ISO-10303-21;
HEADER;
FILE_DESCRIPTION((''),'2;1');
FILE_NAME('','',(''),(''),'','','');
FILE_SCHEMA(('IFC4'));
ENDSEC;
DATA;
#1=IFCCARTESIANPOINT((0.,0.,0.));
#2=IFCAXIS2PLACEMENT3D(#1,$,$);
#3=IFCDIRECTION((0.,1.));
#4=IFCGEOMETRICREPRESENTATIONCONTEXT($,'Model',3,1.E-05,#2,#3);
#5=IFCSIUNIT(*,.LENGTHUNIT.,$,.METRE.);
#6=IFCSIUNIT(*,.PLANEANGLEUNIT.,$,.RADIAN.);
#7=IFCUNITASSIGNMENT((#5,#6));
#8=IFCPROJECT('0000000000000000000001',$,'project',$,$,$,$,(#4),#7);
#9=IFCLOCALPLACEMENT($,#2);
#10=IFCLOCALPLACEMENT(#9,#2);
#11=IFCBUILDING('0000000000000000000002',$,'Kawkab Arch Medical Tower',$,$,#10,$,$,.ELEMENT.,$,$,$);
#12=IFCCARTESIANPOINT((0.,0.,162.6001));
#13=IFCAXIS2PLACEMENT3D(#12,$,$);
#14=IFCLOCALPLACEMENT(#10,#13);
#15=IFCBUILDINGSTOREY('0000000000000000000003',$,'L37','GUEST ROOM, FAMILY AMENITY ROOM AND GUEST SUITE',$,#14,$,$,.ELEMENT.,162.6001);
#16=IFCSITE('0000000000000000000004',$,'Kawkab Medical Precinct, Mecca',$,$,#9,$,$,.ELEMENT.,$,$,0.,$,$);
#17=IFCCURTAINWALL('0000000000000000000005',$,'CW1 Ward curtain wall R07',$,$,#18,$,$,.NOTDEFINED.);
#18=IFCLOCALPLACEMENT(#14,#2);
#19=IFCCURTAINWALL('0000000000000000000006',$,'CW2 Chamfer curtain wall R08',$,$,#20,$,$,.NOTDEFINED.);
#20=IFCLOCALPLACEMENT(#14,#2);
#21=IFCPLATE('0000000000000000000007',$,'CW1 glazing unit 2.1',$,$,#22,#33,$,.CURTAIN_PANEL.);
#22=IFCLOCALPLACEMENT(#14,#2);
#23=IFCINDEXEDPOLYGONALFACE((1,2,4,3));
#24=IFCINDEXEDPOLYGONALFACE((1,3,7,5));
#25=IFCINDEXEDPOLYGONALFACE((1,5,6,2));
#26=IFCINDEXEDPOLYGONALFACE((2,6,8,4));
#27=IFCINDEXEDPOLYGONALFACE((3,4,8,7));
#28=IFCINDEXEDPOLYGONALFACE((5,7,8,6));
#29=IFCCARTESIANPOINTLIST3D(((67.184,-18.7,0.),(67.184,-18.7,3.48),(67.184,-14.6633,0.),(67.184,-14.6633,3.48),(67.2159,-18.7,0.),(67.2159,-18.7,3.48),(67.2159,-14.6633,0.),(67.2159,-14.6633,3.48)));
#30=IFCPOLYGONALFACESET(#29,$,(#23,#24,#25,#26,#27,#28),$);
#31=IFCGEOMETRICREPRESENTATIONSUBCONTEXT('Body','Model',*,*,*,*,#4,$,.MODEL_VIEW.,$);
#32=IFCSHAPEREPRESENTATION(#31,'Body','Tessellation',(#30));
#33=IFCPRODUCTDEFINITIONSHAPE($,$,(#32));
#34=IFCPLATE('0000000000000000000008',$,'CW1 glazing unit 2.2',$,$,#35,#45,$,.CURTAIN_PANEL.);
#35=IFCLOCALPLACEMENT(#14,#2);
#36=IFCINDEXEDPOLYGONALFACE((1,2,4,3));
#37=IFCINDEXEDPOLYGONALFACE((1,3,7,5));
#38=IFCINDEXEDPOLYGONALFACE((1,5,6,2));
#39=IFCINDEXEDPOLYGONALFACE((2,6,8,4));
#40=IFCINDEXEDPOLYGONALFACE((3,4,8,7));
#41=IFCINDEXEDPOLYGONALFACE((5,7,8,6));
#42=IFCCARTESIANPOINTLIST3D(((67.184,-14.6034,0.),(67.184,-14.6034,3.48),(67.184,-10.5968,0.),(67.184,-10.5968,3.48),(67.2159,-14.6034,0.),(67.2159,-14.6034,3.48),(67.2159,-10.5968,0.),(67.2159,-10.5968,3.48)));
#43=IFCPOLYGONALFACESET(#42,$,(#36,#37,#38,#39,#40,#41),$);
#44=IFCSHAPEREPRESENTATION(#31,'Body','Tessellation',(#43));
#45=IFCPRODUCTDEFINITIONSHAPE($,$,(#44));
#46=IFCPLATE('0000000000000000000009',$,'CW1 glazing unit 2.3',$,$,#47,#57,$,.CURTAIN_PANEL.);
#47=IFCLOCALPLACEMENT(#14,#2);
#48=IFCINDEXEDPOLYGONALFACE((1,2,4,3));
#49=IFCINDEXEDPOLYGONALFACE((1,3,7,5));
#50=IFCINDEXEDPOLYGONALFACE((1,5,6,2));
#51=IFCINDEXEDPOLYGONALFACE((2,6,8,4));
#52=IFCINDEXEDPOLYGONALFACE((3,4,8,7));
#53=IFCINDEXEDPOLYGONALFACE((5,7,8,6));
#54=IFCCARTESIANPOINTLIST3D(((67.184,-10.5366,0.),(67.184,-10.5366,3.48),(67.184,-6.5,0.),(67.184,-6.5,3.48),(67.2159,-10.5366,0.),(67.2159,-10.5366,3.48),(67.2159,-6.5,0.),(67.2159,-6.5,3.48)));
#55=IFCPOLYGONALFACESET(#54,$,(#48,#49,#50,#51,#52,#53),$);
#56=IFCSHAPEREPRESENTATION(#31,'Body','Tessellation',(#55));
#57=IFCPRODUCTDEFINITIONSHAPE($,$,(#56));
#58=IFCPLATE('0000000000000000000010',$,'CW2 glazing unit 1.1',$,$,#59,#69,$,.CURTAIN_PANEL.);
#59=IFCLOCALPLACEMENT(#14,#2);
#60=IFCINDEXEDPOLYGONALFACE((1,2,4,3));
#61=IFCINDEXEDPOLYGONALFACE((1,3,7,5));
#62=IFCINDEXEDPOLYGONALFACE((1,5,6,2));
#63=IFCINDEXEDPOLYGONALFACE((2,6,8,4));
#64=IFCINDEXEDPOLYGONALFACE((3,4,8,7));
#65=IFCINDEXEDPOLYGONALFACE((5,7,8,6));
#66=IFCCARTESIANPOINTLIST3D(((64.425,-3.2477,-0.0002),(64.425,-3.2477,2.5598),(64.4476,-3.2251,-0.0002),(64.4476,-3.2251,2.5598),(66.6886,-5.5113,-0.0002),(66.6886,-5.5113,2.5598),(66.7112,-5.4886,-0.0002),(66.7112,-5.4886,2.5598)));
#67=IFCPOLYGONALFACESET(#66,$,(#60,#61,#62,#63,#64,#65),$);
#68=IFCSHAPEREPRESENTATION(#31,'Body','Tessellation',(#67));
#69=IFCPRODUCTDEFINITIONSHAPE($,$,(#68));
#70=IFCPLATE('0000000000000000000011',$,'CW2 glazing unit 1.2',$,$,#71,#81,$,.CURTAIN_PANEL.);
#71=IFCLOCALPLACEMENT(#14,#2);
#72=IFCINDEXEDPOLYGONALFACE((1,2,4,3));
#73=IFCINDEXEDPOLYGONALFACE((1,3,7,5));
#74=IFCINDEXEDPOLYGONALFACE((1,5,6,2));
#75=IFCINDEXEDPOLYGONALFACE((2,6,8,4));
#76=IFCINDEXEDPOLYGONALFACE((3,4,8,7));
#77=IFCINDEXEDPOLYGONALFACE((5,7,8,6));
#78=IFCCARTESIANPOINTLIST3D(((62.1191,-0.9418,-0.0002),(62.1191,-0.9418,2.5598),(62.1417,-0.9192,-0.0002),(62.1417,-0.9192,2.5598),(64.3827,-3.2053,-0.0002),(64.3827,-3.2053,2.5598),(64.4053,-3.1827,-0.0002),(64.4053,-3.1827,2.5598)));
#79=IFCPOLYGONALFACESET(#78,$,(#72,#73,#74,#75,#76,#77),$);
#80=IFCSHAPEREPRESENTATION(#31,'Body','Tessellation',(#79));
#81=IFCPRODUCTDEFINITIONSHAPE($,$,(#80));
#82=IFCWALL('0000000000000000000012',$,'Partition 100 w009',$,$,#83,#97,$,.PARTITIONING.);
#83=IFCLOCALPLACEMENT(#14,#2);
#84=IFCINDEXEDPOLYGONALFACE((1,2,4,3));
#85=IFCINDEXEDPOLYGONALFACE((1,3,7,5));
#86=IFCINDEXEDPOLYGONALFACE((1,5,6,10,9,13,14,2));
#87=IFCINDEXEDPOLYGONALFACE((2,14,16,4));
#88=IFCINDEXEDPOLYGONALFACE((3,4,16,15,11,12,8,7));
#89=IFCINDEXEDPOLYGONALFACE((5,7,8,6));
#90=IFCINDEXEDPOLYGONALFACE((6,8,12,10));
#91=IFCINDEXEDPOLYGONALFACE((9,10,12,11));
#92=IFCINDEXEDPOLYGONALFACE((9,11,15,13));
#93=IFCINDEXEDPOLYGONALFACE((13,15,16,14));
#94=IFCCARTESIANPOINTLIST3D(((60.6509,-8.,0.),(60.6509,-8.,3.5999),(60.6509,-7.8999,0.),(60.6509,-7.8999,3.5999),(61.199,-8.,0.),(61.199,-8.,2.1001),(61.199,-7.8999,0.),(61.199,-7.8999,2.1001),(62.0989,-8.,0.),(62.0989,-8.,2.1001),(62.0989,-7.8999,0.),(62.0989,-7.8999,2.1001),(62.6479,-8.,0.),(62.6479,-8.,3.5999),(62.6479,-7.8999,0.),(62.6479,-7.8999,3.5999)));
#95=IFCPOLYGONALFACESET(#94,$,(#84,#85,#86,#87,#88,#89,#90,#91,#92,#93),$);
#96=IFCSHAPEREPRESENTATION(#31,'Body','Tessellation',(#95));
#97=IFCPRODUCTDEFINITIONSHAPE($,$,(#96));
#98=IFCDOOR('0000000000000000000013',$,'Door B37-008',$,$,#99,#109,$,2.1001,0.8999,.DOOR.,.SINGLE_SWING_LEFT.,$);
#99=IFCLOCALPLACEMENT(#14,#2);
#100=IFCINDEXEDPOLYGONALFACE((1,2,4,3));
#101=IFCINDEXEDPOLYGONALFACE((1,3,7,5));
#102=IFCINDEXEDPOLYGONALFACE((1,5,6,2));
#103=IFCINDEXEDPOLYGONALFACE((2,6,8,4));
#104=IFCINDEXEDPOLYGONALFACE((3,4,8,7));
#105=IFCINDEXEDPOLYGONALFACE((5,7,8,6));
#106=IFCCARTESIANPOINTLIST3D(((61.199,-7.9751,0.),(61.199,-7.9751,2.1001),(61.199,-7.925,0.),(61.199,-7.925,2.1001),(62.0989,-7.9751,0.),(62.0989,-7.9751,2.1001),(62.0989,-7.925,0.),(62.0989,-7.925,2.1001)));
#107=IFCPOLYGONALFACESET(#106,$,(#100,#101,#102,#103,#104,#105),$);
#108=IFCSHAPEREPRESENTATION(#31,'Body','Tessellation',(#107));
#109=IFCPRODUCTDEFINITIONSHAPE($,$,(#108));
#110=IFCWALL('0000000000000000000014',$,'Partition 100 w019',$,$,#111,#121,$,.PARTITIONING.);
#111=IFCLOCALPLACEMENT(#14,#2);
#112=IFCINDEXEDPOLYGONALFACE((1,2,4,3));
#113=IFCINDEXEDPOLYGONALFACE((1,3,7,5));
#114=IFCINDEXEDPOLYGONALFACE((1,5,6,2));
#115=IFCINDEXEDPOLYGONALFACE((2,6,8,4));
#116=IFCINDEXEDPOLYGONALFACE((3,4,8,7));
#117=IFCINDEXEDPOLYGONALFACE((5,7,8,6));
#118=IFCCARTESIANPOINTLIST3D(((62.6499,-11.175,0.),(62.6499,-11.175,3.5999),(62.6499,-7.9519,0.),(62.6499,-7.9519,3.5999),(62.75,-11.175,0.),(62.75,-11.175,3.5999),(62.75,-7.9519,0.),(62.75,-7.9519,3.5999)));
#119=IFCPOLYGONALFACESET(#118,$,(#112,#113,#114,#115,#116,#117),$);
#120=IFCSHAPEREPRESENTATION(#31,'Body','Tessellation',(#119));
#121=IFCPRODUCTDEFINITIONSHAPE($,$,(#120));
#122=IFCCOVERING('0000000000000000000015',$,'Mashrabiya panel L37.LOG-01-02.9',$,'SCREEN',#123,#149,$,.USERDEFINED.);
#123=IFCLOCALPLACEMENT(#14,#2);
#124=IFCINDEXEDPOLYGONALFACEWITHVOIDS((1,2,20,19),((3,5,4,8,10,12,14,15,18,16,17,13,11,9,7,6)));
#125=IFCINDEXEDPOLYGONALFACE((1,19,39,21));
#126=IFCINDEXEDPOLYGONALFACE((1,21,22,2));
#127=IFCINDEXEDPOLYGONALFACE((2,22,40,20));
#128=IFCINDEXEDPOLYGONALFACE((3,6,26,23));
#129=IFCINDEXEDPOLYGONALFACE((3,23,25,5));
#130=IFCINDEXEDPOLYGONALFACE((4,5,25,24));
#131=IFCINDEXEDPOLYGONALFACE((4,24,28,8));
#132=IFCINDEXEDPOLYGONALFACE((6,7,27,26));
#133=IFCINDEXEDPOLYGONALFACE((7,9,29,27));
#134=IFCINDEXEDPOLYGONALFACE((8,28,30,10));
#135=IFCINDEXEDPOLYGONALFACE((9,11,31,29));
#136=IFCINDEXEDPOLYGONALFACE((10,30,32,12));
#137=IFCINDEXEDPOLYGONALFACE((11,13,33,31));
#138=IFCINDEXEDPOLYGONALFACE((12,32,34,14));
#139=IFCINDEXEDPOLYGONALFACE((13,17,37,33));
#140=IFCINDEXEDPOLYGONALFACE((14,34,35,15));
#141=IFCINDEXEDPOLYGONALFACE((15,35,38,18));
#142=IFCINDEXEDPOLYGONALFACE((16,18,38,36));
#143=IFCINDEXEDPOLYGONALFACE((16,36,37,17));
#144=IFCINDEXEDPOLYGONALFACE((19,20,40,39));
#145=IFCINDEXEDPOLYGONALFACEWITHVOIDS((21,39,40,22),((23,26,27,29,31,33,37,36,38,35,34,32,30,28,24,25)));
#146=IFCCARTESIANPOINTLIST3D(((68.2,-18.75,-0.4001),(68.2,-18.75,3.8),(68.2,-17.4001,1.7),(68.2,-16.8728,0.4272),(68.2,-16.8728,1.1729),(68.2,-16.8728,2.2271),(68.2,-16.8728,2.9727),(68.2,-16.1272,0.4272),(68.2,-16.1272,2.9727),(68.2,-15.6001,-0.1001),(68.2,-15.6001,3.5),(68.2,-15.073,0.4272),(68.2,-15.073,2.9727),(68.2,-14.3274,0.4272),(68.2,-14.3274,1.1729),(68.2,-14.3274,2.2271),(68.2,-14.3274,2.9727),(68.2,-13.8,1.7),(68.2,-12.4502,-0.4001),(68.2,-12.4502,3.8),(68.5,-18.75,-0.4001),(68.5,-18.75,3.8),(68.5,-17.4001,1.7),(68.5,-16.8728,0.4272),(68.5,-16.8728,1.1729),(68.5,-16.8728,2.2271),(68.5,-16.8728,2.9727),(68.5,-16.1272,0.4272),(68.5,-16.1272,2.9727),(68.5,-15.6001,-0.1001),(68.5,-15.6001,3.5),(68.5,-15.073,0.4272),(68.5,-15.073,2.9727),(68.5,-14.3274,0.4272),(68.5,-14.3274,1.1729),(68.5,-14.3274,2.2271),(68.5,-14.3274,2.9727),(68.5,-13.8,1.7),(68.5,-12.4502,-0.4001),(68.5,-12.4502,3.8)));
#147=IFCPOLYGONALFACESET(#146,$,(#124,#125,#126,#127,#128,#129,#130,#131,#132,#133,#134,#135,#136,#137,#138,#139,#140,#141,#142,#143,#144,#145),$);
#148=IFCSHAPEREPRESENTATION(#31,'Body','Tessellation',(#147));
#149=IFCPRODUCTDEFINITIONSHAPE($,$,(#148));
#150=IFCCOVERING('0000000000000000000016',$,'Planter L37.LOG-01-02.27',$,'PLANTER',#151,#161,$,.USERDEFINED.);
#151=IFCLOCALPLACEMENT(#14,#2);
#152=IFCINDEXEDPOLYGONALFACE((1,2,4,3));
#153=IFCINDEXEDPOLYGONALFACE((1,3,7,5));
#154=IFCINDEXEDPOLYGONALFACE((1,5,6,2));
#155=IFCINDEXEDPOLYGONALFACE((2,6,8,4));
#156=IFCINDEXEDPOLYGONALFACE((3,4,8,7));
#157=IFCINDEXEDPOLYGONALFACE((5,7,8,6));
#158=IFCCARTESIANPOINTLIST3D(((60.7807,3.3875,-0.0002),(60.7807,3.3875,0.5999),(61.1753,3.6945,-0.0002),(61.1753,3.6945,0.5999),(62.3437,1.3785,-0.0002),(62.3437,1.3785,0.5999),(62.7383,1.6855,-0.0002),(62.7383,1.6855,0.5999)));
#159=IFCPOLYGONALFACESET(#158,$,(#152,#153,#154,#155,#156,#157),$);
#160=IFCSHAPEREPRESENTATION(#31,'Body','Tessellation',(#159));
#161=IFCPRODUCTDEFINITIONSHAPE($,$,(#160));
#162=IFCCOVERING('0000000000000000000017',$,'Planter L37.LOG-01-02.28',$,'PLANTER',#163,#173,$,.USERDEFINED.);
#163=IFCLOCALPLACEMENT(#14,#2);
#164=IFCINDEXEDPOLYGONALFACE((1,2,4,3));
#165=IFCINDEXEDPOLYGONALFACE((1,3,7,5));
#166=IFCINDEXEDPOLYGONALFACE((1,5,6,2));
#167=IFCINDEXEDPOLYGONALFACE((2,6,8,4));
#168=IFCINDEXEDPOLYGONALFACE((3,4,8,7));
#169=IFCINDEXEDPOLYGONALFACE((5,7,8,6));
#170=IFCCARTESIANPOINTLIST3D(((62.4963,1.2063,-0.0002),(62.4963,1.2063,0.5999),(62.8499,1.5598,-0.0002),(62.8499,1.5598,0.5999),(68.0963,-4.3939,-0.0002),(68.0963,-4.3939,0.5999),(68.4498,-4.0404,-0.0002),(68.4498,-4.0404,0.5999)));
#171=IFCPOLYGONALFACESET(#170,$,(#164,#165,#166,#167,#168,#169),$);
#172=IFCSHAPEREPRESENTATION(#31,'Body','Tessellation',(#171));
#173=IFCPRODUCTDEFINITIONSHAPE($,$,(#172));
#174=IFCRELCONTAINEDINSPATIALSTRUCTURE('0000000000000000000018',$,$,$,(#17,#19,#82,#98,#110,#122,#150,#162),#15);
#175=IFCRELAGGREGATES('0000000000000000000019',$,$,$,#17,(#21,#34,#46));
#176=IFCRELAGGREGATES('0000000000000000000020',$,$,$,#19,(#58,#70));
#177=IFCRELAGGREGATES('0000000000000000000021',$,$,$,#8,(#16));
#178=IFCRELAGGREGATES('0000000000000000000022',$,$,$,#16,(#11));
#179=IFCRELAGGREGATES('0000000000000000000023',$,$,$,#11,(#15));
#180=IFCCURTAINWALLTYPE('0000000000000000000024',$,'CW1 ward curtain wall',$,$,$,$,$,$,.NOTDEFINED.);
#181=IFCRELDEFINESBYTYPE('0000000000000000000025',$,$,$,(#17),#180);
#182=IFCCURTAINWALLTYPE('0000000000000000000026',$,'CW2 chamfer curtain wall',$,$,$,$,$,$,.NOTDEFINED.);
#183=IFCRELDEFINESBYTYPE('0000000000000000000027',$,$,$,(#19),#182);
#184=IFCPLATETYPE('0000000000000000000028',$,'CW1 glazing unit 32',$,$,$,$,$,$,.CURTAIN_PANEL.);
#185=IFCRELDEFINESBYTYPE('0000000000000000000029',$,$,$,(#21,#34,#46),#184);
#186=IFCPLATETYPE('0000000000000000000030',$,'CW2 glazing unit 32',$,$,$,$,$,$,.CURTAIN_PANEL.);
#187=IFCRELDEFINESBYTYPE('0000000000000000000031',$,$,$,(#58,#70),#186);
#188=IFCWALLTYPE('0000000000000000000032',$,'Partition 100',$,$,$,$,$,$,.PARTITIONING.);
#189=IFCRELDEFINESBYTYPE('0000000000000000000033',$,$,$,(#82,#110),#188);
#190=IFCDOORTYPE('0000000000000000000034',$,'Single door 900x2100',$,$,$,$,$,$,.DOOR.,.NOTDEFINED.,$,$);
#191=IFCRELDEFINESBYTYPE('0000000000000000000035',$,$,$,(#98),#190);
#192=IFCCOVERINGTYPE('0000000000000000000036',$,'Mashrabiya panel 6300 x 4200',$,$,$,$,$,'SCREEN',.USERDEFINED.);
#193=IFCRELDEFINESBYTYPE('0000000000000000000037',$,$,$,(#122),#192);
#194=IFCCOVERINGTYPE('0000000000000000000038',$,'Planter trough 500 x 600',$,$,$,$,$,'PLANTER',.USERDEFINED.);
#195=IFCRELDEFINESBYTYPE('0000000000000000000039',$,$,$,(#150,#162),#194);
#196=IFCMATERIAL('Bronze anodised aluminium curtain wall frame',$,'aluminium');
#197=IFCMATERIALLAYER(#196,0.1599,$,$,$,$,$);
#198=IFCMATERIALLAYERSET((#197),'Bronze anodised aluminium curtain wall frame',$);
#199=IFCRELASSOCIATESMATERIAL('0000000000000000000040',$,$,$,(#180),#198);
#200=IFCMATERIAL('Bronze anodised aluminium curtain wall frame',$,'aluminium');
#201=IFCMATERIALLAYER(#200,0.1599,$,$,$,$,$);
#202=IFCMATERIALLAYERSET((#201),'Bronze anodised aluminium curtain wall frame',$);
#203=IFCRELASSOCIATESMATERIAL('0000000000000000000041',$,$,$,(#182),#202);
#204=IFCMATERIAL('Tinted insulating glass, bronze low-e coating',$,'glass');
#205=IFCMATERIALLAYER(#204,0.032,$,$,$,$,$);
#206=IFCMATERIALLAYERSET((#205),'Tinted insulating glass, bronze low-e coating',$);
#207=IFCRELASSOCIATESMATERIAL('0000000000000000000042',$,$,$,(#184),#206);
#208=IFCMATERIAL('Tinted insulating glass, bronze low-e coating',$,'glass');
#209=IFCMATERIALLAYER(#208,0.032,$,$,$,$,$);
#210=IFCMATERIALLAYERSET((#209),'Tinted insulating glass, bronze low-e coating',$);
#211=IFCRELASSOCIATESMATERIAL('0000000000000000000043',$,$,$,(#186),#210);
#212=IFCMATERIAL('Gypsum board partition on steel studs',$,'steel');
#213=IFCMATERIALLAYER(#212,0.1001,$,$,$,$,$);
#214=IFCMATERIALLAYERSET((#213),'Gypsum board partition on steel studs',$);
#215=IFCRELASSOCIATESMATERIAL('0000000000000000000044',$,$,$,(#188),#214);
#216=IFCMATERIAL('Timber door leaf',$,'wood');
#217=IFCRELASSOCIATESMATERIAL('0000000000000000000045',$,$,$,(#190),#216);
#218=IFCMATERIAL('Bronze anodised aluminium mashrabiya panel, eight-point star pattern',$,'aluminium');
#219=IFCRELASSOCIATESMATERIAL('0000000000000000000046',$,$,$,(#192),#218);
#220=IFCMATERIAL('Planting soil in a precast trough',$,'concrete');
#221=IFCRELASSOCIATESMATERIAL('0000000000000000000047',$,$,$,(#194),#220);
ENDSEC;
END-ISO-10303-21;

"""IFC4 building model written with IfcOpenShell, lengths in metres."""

from ifc_helpers import new_model, si_unit, direction, frame, frame_2d, origin, origin_2d, place, context, subcontext, project, spatial, polyline, rectangle, outline, extrude, material, layer, layer_set, material_profile, profile_set, type_object, element, fill, aggregate, save


model = new_model("IFC4")

# Units and contexts
model_context = context("Model", 3, precision=1e-05, world=origin(), true_north=direction((0.0, 1.0)))
body_context = subcontext(model_context, "Body", "Model", "MODEL_VIEW")
ifc_project = project(units=[si_unit("LENGTHUNIT", "METRE"), si_unit("PLANEANGLEUNIT", "RADIAN")], contexts=[model_context])

# Site, building, storey
site_placement = place(None, origin())
site = spatial("IfcSite", under=ifc_project, at=site_placement, Name="Kawkab Medical Precinct, Mecca", CompositionType="ELEMENT", RefElevation=0.0)
building_placement = place(site_placement, origin())
building = spatial("IfcBuilding", under=site, at=building_placement, Name="Kawkab Arch Medical Tower", CompositionType="ELEMENT")
storey_placement = place(building_placement, frame((0.0, 0.0, 162.6001)))
storey = spatial("IfcBuildingStorey", under=building, at=storey_placement, Name="L37", Description="GUEST ROOM, FAMILY AMENITY ROOM AND GUEST SUITE", CompositionType="ELEMENT", Elevation=162.6001)

# Curtain walls
ifc_material_1 = material(Name="Bronze anodised aluminium curtain wall frame", Category="aluminium")
ifc_layer_1 = layer(ifc_material_1, 0.1599)
ifc_layer_set_1 = layer_set([ifc_layer_1], Name="Bronze anodised aluminium curtain wall frame")
curtain_wall_type_1 = type_object("IfcCurtainWallType", Name="CW1 ward curtain wall", PredefinedType="NOTDEFINED", material=ifc_layer_set_1)
placement = place(storey_placement, origin())
curtain_wall_1 = element("IfcCurtainWall", 1, at=placement, inside=storey, type_object=curtain_wall_type_1, Name="CW1 Ward curtain wall R07", PredefinedType="NOTDEFINED")
ifc_material_2 = material(Name="Bronze anodised aluminium curtain wall frame", Category="aluminium")
ifc_layer_2 = layer(ifc_material_2, 0.1599)
ifc_layer_set_2 = layer_set([ifc_layer_2], Name="Bronze anodised aluminium curtain wall frame")
curtain_wall_type_2 = type_object("IfcCurtainWallType", Name="CW2 chamfer curtain wall", PredefinedType="NOTDEFINED", material=ifc_layer_set_2)
curtain_wall_2 = element("IfcCurtainWall", 2, at=placement, inside=storey, type_object=curtain_wall_type_2, Name="CW2 Chamfer curtain wall R08", PredefinedType="NOTDEFINED")

# Plates
ifc_material_3 = material(Name="Tinted insulating glass, bronze low-e coating", Category="glass")
ifc_layer_3 = layer(ifc_material_3, 0.032)
ifc_layer_set_3 = layer_set([ifc_layer_3], Name="Tinted insulating glass, bronze low-e coating")
plate_type_1 = type_object("IfcPlateType", Name="CW1 glazing unit 32", PredefinedType="CURTAIN_PANEL", material=ifc_layer_set_3)
plate_1_placement = place(storey_placement, frame((67.2, -16.6816, 0.0), z_axis=(0.0, 0.0, 1.0), x_axis=(0.0, 1.0, 0.0)))
plate_1 = element("IfcPlate", 3, at=plate_1_placement, type_object=plate_type_1, Name="CW1 glazing unit 2.1", PredefinedType="CURTAIN_PANEL", context=body_context, shape_type="SweptSolid", body=[
    extrude(rectangle(XDim=4.0366, YDim=0.032, at=origin_2d()), origin(), (0.0, 0.0, 1.0), 3.48),
])
plate_2_placement = place(storey_placement, frame((67.2, -12.6001, 0.0), z_axis=(0.0, 0.0, 1.0), x_axis=(0.0, 1.0, 0.0)))
plate_2 = element("IfcPlate", 4, at=plate_2_placement, type_object=plate_type_1, Name="CW1 glazing unit 2.2", PredefinedType="CURTAIN_PANEL", context=body_context, shape_type="SweptSolid", body=[
    extrude(rectangle(XDim=4.0066, YDim=0.032, at=origin_2d()), origin(), (0.0, 0.0, 1.0), 3.48),
])
plate_3_placement = place(storey_placement, frame((67.2, -8.5183, 0.0), z_axis=(0.0, 0.0, 1.0), x_axis=(0.0, 1.0, 0.0)))
plate_3 = element("IfcPlate", 5, at=plate_3_placement, type_object=plate_type_1, Name="CW1 glazing unit 2.3", PredefinedType="CURTAIN_PANEL", context=body_context, shape_type="SweptSolid", body=[
    extrude(rectangle(XDim=4.0366, YDim=0.032, at=origin_2d()), origin(), (0.0, 0.0, 1.0), 3.48),
])
aggregate(curtain_wall_1, [plate_1, plate_2, plate_3])
ifc_material_4 = material(Name="Tinted insulating glass, bronze low-e coating", Category="glass")
ifc_layer_4 = layer(ifc_material_4, 0.032)
ifc_layer_set_4 = layer_set([ifc_layer_4], Name="Tinted insulating glass, bronze low-e coating")
plate_type_2 = type_object("IfcPlateType", Name="CW2 glazing unit 32", PredefinedType="CURTAIN_PANEL", material=ifc_layer_set_4)
plate_4_placement = place(storey_placement, frame((65.5681, -4.3682, -0.0002), z_axis=(0.0, 0.0, 1.0), x_axis=(-0.707107, 0.707107, 0.0)))
plate_4 = element("IfcPlate", 6, at=plate_4_placement, type_object=plate_type_2, Name="CW2 glazing unit 1.1", PredefinedType="CURTAIN_PANEL", context=body_context, shape_type="SweptSolid", body=[
    extrude(rectangle(XDim=3.2012, YDim=0.032, at=origin_2d()), origin(), (0.0, 0.0, 1.0), 2.5601),
])
plate_5_placement = place(storey_placement, frame((63.2622, -2.0623, -0.0002), z_axis=(0.0, 0.0, 1.0), x_axis=(-0.707107, 0.707107, 0.0)))
plate_5 = element("IfcPlate", 7, at=plate_5_placement, type_object=plate_type_2, Name="CW2 glazing unit 1.2", PredefinedType="CURTAIN_PANEL", context=body_context, shape_type="SweptSolid", body=[
    extrude(rectangle(XDim=3.2012, YDim=0.032, at=origin_2d()), origin(), (0.0, 0.0, 1.0), 2.5601),
])
aggregate(curtain_wall_2, [plate_4, plate_5])

# Wall, opening, door
ifc_material_5 = material(Name="Gypsum board partition on steel studs", Category="steel")
ifc_layer_5 = layer(ifc_material_5, 0.1001)
ifc_layer_set_5 = layer_set([ifc_layer_5], Name="Gypsum board partition on steel studs")
wall_type = type_object("IfcWallType", Name="Partition 100", PredefinedType="PARTITIONING", material=ifc_layer_set_5)
wall_1_placement = place(storey_placement, frame((60.6509, -7.95, 0.0), z_axis=(0.0, 0.0, 1.0), x_axis=(1.0, 0.0, 0.0)))
wall_1 = element("IfcWall", 8, at=wall_1_placement, inside=storey, type_object=wall_type, Name="Partition 100 w009", PredefinedType="PARTITIONING", context=body_context, shape_type="SweptSolid", body=[
    extrude(rectangle(XDim=1.9971, YDim=0.1001, at=frame_2d((0.9985, 0.0))), origin(), (0.0, 0.0, 1.0), 3.5999),
])
opening_placement = place(wall_1_placement, frame((0.5481, 0.0, 0.0)))
opening = element("IfcOpeningElement", 9, at=opening_placement, cuts=wall_1, PredefinedType="OPENING", context=body_context, shape_type="SweptSolid", body=[
    extrude(rectangle(XDim=0.8999, YDim=2.1001, at=frame_2d((0.45, 1.05))), frame((0.0, 0.0601, 0.0), z_axis=(0.0, -1.0, 0.0), x_axis=(1.0, 0.0, 0.0)), (0.0, 0.0, 1.0), 0.1201),
])
ifc_material_6 = material(Name="Timber door leaf", Category="wood")
door_type = type_object("IfcDoorType", Name="Single door 900x2100", OperationType="NOTDEFINED", PredefinedType="DOOR", material=ifc_material_6)
door_placement = place(opening_placement, origin())
door = element("IfcDoor", 10, at=door_placement, inside=storey, type_object=door_type, Name="Door B37-008", OperationType="SINGLE_SWING_LEFT", OverallHeight=2.1001, OverallWidth=0.8999, PredefinedType="DOOR", context=body_context, shape_type="SweptSolid", body=[
    extrude(rectangle(XDim=0.8999, YDim=2.1001, at=frame_2d((0.45, 1.05))), frame((0.0, 0.0249, 0.0), z_axis=(0.0, -1.0, 0.0), x_axis=(1.0, 0.0, 0.0)), (0.0, 0.0, 1.0), 0.05),
])
fill(opening, door)

# Wall
wall_2_placement = place(storey_placement, frame((62.7, -11.175, 0.0), z_axis=(0.0, 0.0, 1.0), x_axis=(0.0, 1.0, 0.0)))
element("IfcWall", 11, at=wall_2_placement, inside=storey, type_object=wall_type, Name="Partition 100 w019", PredefinedType="PARTITIONING", context=body_context, shape_type="SweptSolid", body=[
    extrude(rectangle(XDim=3.2231, YDim=0.1001, at=frame_2d((1.6116, 0.0))), origin(), (0.0, 0.0, 1.0), 3.5999),
])

# Coverings
ifc_material_7 = material(Name="Bronze anodised aluminium mashrabiya panel, eight-point star pattern", Category="aluminium")
ifc_material_profile_1 = material_profile(ifc_material_7, outline(polyline([(-3.1499, -2.1001), (3.1499, -2.1001), (3.1499, 2.1001), (-3.1499, 2.1001), (-3.1499, -2.1001)]), holes=[polyline([(1.8, 0.0), (1.2727, 0.5271), (1.2727, 1.2727), (0.5271, 1.2727), (0.0, 1.8), (-0.5271, 1.2727), (-1.2727, 1.2727), (-1.2727, 0.5271), (-1.8, 0.0), (-1.2727, -0.5271), (-1.2727, -1.2727), (-0.5271, -1.2727), (0.0, -1.8), (0.5271, -1.2727), (1.2727, -1.2727), (1.2727, -0.5271), (1.8, 0.0)])]), Name="Mashrabiya panel 6300x4200")
ifc_profile_set_1 = profile_set([ifc_material_profile_1], Name="Bronze anodised aluminium mashrabiya panel, eight-point star pattern")
covering_type_1 = type_object("IfcCoveringType", Name="Mashrabiya panel 6300 x 4200", ElementType="SCREEN", PredefinedType="USERDEFINED", material=ifc_profile_set_1)
covering_1_placement = place(storey_placement, frame((68.2, -15.6001, 1.7), z_axis=(1.0, 0.0, 0.0), x_axis=(0.0, 1.0, 0.0)))
element("IfcCovering", 12, at=covering_1_placement, inside=storey, type_object=covering_type_1, Name="Mashrabiya panel L37.LOG-01-02.9", ObjectType="SCREEN", PredefinedType="USERDEFINED", context=body_context, shape_type="SweptSolid", body=[
    extrude(outline(polyline([(-3.1499, -2.1001), (3.1499, -2.1001), (3.1499, 2.1001), (-3.1499, 2.1001), (-3.1499, -2.1001)]), holes=[polyline([(1.8, 0.0), (1.2727, 0.5271), (1.2727, 1.2727), (0.5271, 1.2727), (0.0, 1.8), (-0.5271, 1.2727), (-1.2727, 1.2727), (-1.2727, 0.5271), (-1.8, 0.0), (-1.2727, -0.5271), (-1.2727, -1.2727), (-0.5271, -1.2727), (0.0, -1.8), (0.5271, -1.2727), (1.2727, -1.2727), (1.2727, -0.5271), (1.8, 0.0)])]), origin(), (0.0, 0.0, 1.0), 0.3),
])
ifc_material_8 = material(Name="Planting soil in a precast trough", Category="concrete")
ifc_material_profile_2 = material_profile(ifc_material_8, rectangle(XDim=0.5, YDim=0.6001, at=origin_2d()), Name="Trough 500x600")
ifc_profile_set_2 = profile_set([ifc_material_profile_2], Name="Planting soil in a precast trough")
covering_type_2 = type_object("IfcCoveringType", Name="Planter trough 500 x 600", ElementType="PLANTER", PredefinedType="USERDEFINED", material=ifc_profile_set_2)
covering_2_placement = place(storey_placement, frame((60.978, 3.541, 0.2998), z_axis=(0.61404, -0.789275, 0.0), x_axis=(0.789275, 0.61404, 0.0)))
element("IfcCovering", 13, at=covering_2_placement, inside=storey, type_object=covering_type_2, Name="Planter L37.LOG-01-02.27", ObjectType="PLANTER", PredefinedType="USERDEFINED", context=body_context, shape_type="SweptSolid", body=[
    extrude(rectangle(XDim=0.5, YDim=0.6001, at=origin_2d()), origin(), (0.0, 0.0, 1.0), 2.5454),
])
covering_3_placement = place(storey_placement, frame((62.6731, 1.3831, 0.2998), z_axis=(0.707091, -0.707122, 0.0), x_axis=(0.707122, 0.707091, 0.0)))
element("IfcCovering", 14, at=covering_3_placement, inside=storey, type_object=covering_type_2, Name="Planter L37.LOG-01-02.28", ObjectType="PLANTER", PredefinedType="USERDEFINED", context=body_context, shape_type="SweptSolid", body=[
    extrude(rectangle(XDim=0.5, YDim=0.6001, at=origin_2d()), origin(), (0.0, 0.0, 1.0), 7.9197),
])

save(model, "model.ifc")
